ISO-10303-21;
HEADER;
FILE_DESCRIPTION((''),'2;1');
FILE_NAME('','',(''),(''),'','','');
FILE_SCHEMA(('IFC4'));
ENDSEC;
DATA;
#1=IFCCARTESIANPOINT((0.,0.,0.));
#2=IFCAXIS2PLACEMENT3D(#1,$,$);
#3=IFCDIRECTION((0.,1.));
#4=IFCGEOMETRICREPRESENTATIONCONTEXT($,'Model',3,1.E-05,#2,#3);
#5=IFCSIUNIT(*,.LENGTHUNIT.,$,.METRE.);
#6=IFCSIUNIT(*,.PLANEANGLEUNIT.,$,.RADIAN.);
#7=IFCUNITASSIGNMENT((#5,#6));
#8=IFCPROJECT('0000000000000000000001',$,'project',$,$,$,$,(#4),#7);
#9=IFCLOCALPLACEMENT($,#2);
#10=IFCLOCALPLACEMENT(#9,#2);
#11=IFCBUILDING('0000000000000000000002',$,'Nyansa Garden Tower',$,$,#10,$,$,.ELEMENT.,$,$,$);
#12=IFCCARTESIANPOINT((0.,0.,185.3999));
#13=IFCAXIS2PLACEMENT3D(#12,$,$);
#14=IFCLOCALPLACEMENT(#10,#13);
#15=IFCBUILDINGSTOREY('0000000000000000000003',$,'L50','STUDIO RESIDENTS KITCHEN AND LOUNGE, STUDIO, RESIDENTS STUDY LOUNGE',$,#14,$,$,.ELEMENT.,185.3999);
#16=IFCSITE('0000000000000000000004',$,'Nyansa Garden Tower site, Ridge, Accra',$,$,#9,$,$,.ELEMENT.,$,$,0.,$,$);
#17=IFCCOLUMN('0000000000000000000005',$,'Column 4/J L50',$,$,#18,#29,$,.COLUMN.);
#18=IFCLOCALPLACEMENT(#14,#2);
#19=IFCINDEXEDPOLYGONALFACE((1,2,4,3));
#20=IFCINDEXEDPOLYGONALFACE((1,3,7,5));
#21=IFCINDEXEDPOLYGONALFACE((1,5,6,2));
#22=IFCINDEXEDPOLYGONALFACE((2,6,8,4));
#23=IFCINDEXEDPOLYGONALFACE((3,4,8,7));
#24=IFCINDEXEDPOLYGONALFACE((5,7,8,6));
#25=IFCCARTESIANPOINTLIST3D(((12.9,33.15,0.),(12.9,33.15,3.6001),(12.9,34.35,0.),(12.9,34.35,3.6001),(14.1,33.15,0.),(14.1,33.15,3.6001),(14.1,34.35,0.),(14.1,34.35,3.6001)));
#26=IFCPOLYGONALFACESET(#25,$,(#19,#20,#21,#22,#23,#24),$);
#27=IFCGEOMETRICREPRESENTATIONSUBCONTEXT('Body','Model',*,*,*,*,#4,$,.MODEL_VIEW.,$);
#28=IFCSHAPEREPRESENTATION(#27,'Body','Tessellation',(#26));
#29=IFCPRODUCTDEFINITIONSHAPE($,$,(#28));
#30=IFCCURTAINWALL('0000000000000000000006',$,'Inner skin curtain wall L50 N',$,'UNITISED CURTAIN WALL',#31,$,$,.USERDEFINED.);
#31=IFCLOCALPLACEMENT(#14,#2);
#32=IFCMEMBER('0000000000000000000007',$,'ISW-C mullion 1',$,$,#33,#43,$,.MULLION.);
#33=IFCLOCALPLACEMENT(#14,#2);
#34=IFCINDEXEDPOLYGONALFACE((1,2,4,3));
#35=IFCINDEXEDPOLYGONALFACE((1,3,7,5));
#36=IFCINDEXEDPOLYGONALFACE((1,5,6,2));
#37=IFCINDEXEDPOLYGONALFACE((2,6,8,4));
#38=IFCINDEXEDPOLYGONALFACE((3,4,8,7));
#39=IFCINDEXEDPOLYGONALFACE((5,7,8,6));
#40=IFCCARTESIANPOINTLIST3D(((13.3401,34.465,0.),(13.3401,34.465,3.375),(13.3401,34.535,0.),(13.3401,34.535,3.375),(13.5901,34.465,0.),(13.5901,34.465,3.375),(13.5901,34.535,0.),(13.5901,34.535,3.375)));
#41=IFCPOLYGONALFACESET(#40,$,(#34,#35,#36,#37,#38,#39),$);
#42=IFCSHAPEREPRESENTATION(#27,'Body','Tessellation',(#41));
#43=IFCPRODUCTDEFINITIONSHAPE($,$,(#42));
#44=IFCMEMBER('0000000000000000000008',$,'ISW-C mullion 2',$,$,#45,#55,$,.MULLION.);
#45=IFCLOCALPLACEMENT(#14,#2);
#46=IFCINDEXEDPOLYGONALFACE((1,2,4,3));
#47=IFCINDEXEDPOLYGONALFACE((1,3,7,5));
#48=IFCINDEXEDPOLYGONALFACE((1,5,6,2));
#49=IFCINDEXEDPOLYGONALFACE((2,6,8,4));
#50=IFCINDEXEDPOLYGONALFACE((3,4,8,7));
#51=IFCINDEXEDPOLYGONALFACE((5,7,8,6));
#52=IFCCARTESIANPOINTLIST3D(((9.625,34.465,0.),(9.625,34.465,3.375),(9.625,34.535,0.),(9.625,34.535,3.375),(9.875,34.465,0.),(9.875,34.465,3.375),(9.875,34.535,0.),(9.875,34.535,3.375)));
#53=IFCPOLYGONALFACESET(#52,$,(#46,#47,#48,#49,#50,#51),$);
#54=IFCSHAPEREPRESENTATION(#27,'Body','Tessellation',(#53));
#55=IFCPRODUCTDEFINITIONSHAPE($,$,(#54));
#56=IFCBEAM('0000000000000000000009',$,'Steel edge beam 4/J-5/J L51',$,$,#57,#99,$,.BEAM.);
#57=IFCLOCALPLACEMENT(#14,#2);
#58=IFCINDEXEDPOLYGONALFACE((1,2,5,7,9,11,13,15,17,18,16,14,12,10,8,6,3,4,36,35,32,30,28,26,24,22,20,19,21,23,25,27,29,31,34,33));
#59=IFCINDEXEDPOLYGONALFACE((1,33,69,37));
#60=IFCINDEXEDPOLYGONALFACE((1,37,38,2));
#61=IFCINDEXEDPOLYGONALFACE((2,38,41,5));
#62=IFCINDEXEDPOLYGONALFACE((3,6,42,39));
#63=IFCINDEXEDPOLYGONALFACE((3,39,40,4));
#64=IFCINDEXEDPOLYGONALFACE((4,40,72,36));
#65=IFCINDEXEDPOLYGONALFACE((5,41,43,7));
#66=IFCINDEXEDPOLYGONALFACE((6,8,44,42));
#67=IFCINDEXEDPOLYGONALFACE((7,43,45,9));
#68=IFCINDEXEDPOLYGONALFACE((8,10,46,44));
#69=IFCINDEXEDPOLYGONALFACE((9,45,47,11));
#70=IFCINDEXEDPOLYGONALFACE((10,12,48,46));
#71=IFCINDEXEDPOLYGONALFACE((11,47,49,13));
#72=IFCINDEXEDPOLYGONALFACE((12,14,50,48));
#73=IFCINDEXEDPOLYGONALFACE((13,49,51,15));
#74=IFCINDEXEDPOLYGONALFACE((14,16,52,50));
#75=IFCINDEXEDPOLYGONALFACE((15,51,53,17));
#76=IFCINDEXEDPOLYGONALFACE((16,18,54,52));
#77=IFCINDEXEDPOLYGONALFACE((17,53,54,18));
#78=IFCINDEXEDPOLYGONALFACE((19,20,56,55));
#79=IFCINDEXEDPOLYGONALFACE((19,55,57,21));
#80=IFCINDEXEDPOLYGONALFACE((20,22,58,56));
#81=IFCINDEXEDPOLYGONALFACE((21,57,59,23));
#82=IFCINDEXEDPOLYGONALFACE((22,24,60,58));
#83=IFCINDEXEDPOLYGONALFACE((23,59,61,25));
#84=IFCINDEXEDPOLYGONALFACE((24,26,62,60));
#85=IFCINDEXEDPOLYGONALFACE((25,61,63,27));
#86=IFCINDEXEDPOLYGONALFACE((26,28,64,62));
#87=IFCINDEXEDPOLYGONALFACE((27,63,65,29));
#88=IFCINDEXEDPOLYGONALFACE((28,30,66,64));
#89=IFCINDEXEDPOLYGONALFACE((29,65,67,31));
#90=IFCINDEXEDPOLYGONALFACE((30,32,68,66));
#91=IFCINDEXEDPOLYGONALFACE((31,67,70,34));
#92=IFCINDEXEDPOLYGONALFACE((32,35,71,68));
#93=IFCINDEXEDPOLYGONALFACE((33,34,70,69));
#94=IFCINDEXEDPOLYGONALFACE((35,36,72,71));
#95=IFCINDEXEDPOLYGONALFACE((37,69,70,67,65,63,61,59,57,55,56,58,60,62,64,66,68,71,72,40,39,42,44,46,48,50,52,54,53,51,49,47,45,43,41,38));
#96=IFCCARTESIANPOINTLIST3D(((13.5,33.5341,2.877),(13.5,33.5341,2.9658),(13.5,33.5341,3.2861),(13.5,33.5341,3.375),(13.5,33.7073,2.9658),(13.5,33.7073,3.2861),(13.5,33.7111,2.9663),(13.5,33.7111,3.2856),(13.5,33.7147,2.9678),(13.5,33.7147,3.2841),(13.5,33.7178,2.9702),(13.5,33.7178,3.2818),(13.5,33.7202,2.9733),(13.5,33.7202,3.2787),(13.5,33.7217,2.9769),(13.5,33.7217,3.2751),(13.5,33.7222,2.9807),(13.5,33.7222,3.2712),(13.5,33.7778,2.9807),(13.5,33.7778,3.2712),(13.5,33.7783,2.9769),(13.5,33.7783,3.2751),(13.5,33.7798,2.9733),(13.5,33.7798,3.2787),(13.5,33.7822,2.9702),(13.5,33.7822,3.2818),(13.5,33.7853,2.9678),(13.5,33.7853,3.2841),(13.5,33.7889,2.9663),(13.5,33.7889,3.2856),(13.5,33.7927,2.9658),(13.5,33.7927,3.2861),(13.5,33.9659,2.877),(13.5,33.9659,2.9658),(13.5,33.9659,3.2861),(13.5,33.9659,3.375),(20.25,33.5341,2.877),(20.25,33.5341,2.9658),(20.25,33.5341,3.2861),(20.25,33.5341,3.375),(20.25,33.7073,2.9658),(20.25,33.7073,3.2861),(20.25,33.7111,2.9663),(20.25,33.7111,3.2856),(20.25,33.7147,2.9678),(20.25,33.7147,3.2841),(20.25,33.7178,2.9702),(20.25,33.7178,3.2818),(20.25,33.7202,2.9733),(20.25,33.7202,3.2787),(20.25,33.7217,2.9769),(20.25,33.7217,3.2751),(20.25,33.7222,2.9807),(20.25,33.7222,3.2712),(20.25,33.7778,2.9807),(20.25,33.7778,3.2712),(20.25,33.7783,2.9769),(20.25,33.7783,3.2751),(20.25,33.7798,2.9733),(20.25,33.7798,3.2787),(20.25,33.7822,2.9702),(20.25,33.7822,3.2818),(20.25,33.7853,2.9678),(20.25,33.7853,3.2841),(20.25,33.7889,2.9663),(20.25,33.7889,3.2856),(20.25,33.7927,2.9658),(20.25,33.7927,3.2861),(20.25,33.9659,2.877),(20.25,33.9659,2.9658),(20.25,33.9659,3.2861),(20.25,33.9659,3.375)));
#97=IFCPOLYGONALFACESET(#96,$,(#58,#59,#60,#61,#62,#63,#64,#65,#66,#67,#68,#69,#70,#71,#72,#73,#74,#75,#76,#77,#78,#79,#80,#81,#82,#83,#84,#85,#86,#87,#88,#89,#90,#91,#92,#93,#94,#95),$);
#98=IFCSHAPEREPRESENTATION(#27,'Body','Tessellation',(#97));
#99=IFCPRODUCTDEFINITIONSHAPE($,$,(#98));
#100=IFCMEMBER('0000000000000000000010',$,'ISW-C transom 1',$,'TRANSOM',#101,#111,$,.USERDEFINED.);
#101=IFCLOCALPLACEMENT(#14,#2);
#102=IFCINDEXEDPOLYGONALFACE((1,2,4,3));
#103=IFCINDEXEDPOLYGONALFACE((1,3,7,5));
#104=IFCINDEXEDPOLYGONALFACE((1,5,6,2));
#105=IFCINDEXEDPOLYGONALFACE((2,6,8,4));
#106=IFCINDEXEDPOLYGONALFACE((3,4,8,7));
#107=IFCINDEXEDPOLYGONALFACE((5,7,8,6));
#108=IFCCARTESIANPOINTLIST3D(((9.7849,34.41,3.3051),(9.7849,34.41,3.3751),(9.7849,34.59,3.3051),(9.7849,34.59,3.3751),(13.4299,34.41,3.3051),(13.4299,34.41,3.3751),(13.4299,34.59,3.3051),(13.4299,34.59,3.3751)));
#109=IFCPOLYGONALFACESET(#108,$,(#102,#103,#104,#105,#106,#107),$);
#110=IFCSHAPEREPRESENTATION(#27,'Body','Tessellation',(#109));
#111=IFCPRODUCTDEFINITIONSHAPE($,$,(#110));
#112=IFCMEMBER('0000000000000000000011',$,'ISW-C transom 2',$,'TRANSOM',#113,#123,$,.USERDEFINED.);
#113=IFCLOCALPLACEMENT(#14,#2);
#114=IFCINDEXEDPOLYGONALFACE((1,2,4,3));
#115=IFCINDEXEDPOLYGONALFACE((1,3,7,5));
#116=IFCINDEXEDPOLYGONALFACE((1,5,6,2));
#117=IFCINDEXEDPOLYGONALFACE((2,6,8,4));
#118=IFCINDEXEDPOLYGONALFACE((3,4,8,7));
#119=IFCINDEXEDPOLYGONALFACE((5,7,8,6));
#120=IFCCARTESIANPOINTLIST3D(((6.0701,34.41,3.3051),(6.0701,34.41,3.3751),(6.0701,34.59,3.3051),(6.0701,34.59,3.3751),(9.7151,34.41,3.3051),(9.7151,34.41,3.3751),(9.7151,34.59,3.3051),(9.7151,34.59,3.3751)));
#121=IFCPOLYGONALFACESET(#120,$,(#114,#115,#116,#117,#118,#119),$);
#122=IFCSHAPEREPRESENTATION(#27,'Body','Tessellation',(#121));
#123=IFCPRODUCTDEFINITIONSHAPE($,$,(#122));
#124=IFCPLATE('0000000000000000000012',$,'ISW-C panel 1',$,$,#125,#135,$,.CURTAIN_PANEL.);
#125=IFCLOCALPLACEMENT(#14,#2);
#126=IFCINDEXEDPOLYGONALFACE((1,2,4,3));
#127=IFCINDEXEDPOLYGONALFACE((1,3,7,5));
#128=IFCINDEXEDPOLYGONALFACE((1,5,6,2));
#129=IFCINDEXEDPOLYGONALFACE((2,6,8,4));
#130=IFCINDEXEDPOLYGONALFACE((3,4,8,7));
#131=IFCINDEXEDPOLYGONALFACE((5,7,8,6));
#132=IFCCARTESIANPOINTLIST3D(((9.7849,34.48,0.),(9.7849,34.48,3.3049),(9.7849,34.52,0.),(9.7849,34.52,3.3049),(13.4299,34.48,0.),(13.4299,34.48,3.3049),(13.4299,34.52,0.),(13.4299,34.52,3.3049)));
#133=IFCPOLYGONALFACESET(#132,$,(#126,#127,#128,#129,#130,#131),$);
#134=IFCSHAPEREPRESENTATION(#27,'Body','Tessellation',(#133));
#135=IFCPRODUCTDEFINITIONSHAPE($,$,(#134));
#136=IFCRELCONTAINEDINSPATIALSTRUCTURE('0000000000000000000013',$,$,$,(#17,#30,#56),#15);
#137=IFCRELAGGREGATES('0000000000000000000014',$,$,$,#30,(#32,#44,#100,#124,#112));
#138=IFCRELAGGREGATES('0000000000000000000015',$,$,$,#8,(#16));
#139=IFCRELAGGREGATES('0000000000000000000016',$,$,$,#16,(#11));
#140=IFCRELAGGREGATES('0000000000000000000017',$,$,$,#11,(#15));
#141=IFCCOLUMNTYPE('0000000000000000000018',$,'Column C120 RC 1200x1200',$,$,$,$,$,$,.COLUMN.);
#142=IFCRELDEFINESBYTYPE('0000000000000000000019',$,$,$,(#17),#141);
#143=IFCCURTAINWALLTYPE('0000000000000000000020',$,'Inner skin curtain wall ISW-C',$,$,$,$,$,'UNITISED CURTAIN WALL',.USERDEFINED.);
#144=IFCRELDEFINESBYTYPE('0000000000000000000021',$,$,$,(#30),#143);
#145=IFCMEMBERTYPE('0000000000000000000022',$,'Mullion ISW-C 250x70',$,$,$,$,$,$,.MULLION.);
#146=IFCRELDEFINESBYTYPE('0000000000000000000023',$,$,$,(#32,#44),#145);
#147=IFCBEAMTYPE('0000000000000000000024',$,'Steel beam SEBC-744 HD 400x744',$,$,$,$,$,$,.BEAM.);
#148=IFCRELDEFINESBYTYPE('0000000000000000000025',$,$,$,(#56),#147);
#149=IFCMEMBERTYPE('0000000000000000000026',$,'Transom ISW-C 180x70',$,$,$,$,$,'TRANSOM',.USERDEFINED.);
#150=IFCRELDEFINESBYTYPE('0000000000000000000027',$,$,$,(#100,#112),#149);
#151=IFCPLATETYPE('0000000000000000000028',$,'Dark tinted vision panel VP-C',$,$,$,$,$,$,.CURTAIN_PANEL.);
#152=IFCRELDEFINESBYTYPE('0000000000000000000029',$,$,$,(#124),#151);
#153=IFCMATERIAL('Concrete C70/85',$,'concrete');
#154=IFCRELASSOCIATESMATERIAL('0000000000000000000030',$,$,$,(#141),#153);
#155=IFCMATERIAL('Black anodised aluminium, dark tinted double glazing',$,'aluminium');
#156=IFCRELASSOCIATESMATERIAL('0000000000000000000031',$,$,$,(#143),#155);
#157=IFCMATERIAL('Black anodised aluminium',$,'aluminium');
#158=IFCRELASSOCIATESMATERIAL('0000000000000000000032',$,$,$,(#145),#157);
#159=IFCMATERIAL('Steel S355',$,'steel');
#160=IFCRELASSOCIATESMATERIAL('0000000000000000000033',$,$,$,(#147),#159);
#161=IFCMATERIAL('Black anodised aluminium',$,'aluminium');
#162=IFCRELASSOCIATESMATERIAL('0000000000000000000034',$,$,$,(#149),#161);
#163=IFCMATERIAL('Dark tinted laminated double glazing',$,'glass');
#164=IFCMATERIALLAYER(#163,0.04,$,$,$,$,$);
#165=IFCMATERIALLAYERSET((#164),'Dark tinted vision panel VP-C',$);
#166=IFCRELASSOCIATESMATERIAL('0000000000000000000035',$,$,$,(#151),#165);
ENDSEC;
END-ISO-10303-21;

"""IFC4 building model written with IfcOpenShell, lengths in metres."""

from ifc_helpers import new_model, si_unit, direction, frame, origin, origin_2d, place, context, subcontext, project, spatial, rectangle, i_section, extrude, material, layer, layer_set, material_profile, profile_set, type_object, element, aggregate, save


model = new_model("IFC4")

# Units and contexts
model_context = context("Model", 3, precision=1e-05, world=origin(), true_north=direction((0.0, 1.0)))
body_context = subcontext(model_context, "Body", "Model", "MODEL_VIEW")
ifc_project = project(units=[si_unit("LENGTHUNIT", "METRE"), si_unit("PLANEANGLEUNIT", "RADIAN")], contexts=[model_context])

# Site, building, storey
site_placement = place(None, origin())
site = spatial("IfcSite", under=ifc_project, at=site_placement, Name="Nyansa Garden Tower site, Ridge, Accra", CompositionType="ELEMENT", RefElevation=0.0)
building_placement = place(site_placement, origin())
building = spatial("IfcBuilding", under=site, at=building_placement, Name="Nyansa Garden Tower", CompositionType="ELEMENT")
storey_placement = place(building_placement, frame((0.0, 0.0, 185.3999)))
storey = spatial("IfcBuildingStorey", under=building, at=storey_placement, Name="L50", Description="STUDIO RESIDENTS KITCHEN AND LOUNGE, STUDIO, RESIDENTS STUDY LOUNGE", CompositionType="ELEMENT", Elevation=185.3999)

# Column
ifc_material_1 = material(Name="Concrete C70/85", Category="concrete")
ifc_material_profile_1 = material_profile(ifc_material_1, rectangle(XDim=1.2, YDim=1.2, at=origin_2d()), Name="RC 1200x1200")
ifc_profile_set_1 = profile_set([ifc_material_profile_1], Name="Concrete C70/85")
column_type = type_object("IfcColumnType", Name="Column C120 RC 1200x1200", PredefinedType="COLUMN", material=ifc_profile_set_1)
column_placement = place(storey_placement, frame((13.5, 33.75, 0.0), z_axis=(0.0, 0.0, 1.0), x_axis=(1.0, 0.0, 0.0)))
element("IfcColumn", 1, at=column_placement, inside=storey, type_object=column_type, Name="Column 4/J L50", PredefinedType="COLUMN", context=body_context, shape_type="SweptSolid", body=[
    extrude(rectangle(XDim=1.2, YDim=1.2, at=origin_2d()), origin(), (0.0, 0.0, 1.0), 3.6001),
])

# Curtain wall, members
ifc_material_2 = material(Name="Black anodised aluminium, dark tinted double glazing", Category="aluminium")
curtain_wall_type = type_object("IfcCurtainWallType", Name="Inner skin curtain wall ISW-C", ElementType="UNITISED CURTAIN WALL", PredefinedType="USERDEFINED", material=ifc_material_2)
curtain_wall_placement = place(storey_placement, origin())
curtain_wall = element("IfcCurtainWall", 2, at=curtain_wall_placement, inside=storey, type_object=curtain_wall_type, Name="Inner skin curtain wall L50 N", ObjectType="UNITISED CURTAIN WALL", PredefinedType="USERDEFINED")
ifc_material_3 = material(Name="Black anodised aluminium", Category="aluminium")
ifc_material_profile_2 = material_profile(ifc_material_3, rectangle(XDim=0.0701, YDim=0.25, at=origin_2d()), Name="Mullion 250x70")
ifc_profile_set_2 = profile_set([ifc_material_profile_2], Name="Black anodised aluminium")
member_type_1 = type_object("IfcMemberType", Name="Mullion ISW-C 250x70", PredefinedType="MULLION", material=ifc_profile_set_2)
member_1_placement = place(storey_placement, frame((13.4651, 34.5, 0.0), z_axis=(0.0, 0.0, 1.0), x_axis=(0.0, -1.0, 0.0)))
member_1 = element("IfcMember", 3, at=member_1_placement, type_object=member_type_1, Name="ISW-C mullion 1", PredefinedType="MULLION", context=body_context, shape_type="SweptSolid", body=[
    extrude(rectangle(XDim=0.0701, YDim=0.25, at=origin_2d()), origin(), (0.0, 0.0, 1.0), 3.375),
])
member_2_placement = place(storey_placement, frame((9.75, 34.5, 0.0), z_axis=(0.0, 0.0, 1.0), x_axis=(0.0, -1.0, 0.0)))
member_2 = element("IfcMember", 4, at=member_2_placement, type_object=member_type_1, Name="ISW-C mullion 2", PredefinedType="MULLION", context=body_context, shape_type="SweptSolid", body=[
    extrude(rectangle(XDim=0.0701, YDim=0.25, at=origin_2d()), origin(), (0.0, 0.0, 1.0), 3.375),
])

# Beam
ifc_material_4 = material(Name="Steel S355", Category="steel")
ifc_material_profile_3 = material_profile(ifc_material_4, i_section(OverallWidth=0.4319, OverallDepth=0.498, WebThickness=0.0557, FlangeThickness=0.0889, FilletRadius=0.0149, at=origin_2d()), Name="HD 400x744")
ifc_profile_set_3 = profile_set([ifc_material_profile_3], Name="Steel S355")
beam_type = type_object("IfcBeamType", Name="Steel beam SEBC-744 HD 400x744", PredefinedType="BEAM", material=ifc_profile_set_3)
beam_placement = place(storey_placement, frame((13.5, 33.75, 3.126), z_axis=(1.0, 0.0, 0.0), x_axis=(0.0, 1.0, 0.0)))
element("IfcBeam", 5, at=beam_placement, inside=storey, type_object=beam_type, Name="Steel edge beam 4/J-5/J L51", PredefinedType="BEAM", context=body_context, shape_type="SweptSolid", body=[
    extrude(i_section(OverallWidth=0.4319, OverallDepth=0.498, WebThickness=0.0557, FlangeThickness=0.0889, FilletRadius=0.0149, at=origin_2d()), origin(), (0.0, 0.0, 1.0), 6.75),
])

# Members
ifc_material_5 = material(Name="Black anodised aluminium", Category="aluminium")
ifc_material_profile_4 = material_profile(ifc_material_5, rectangle(XDim=0.1799, YDim=0.0701, at=origin_2d()), Name="Transom 180x70")
ifc_profile_set_4 = profile_set([ifc_material_profile_4], Name="Black anodised aluminium")
member_type_2 = type_object("IfcMemberType", Name="Transom ISW-C 180x70", ElementType="TRANSOM", PredefinedType="USERDEFINED", material=ifc_profile_set_4)
member_3_placement = place(storey_placement, frame((13.4299, 34.5, 3.3401), z_axis=(-1.0, 0.0, 0.0), x_axis=(0.0, -1.0, 0.0)))
member_3 = element("IfcMember", 6, at=member_3_placement, type_object=member_type_2, Name="ISW-C transom 1", ObjectType="TRANSOM", PredefinedType="USERDEFINED", context=body_context, shape_type="SweptSolid", body=[
    extrude(rectangle(XDim=0.1799, YDim=0.0701, at=origin_2d()), origin(), (0.0, 0.0, 1.0), 3.645),
])
member_4_placement = place(storey_placement, frame((9.7151, 34.5, 3.3401), z_axis=(-1.0, 0.0, 0.0), x_axis=(0.0, -1.0, 0.0)))
member_4 = element("IfcMember", 7, at=member_4_placement, type_object=member_type_2, Name="ISW-C transom 2", ObjectType="TRANSOM", PredefinedType="USERDEFINED", context=body_context, shape_type="SweptSolid", body=[
    extrude(rectangle(XDim=0.1799, YDim=0.0701, at=origin_2d()), origin(), (0.0, 0.0, 1.0), 3.645),
])

# Plate
ifc_material_6 = material(Name="Dark tinted laminated double glazing", Category="glass")
ifc_layer_1 = layer(ifc_material_6, 0.04)
ifc_layer_set_1 = layer_set([ifc_layer_1], Name="Dark tinted vision panel VP-C")
plate_type = type_object("IfcPlateType", Name="Dark tinted vision panel VP-C", PredefinedType="CURTAIN_PANEL", material=ifc_layer_set_1)
plate_placement = place(storey_placement, frame((11.6074, 34.5, 0.0), z_axis=(0.0, 0.0, 1.0), x_axis=(-1.0, 0.0, 0.0)))
plate = element("IfcPlate", 8, at=plate_placement, type_object=plate_type, Name="ISW-C panel 1", PredefinedType="CURTAIN_PANEL", context=body_context, shape_type="SweptSolid", body=[
    extrude(rectangle(XDim=3.645, YDim=0.04, at=origin_2d()), origin(), (0.0, 0.0, 1.0), 3.3049),
])
aggregate(curtain_wall, [member_1, member_2, member_3, plate, member_4])

save(model, "model.ifc")
